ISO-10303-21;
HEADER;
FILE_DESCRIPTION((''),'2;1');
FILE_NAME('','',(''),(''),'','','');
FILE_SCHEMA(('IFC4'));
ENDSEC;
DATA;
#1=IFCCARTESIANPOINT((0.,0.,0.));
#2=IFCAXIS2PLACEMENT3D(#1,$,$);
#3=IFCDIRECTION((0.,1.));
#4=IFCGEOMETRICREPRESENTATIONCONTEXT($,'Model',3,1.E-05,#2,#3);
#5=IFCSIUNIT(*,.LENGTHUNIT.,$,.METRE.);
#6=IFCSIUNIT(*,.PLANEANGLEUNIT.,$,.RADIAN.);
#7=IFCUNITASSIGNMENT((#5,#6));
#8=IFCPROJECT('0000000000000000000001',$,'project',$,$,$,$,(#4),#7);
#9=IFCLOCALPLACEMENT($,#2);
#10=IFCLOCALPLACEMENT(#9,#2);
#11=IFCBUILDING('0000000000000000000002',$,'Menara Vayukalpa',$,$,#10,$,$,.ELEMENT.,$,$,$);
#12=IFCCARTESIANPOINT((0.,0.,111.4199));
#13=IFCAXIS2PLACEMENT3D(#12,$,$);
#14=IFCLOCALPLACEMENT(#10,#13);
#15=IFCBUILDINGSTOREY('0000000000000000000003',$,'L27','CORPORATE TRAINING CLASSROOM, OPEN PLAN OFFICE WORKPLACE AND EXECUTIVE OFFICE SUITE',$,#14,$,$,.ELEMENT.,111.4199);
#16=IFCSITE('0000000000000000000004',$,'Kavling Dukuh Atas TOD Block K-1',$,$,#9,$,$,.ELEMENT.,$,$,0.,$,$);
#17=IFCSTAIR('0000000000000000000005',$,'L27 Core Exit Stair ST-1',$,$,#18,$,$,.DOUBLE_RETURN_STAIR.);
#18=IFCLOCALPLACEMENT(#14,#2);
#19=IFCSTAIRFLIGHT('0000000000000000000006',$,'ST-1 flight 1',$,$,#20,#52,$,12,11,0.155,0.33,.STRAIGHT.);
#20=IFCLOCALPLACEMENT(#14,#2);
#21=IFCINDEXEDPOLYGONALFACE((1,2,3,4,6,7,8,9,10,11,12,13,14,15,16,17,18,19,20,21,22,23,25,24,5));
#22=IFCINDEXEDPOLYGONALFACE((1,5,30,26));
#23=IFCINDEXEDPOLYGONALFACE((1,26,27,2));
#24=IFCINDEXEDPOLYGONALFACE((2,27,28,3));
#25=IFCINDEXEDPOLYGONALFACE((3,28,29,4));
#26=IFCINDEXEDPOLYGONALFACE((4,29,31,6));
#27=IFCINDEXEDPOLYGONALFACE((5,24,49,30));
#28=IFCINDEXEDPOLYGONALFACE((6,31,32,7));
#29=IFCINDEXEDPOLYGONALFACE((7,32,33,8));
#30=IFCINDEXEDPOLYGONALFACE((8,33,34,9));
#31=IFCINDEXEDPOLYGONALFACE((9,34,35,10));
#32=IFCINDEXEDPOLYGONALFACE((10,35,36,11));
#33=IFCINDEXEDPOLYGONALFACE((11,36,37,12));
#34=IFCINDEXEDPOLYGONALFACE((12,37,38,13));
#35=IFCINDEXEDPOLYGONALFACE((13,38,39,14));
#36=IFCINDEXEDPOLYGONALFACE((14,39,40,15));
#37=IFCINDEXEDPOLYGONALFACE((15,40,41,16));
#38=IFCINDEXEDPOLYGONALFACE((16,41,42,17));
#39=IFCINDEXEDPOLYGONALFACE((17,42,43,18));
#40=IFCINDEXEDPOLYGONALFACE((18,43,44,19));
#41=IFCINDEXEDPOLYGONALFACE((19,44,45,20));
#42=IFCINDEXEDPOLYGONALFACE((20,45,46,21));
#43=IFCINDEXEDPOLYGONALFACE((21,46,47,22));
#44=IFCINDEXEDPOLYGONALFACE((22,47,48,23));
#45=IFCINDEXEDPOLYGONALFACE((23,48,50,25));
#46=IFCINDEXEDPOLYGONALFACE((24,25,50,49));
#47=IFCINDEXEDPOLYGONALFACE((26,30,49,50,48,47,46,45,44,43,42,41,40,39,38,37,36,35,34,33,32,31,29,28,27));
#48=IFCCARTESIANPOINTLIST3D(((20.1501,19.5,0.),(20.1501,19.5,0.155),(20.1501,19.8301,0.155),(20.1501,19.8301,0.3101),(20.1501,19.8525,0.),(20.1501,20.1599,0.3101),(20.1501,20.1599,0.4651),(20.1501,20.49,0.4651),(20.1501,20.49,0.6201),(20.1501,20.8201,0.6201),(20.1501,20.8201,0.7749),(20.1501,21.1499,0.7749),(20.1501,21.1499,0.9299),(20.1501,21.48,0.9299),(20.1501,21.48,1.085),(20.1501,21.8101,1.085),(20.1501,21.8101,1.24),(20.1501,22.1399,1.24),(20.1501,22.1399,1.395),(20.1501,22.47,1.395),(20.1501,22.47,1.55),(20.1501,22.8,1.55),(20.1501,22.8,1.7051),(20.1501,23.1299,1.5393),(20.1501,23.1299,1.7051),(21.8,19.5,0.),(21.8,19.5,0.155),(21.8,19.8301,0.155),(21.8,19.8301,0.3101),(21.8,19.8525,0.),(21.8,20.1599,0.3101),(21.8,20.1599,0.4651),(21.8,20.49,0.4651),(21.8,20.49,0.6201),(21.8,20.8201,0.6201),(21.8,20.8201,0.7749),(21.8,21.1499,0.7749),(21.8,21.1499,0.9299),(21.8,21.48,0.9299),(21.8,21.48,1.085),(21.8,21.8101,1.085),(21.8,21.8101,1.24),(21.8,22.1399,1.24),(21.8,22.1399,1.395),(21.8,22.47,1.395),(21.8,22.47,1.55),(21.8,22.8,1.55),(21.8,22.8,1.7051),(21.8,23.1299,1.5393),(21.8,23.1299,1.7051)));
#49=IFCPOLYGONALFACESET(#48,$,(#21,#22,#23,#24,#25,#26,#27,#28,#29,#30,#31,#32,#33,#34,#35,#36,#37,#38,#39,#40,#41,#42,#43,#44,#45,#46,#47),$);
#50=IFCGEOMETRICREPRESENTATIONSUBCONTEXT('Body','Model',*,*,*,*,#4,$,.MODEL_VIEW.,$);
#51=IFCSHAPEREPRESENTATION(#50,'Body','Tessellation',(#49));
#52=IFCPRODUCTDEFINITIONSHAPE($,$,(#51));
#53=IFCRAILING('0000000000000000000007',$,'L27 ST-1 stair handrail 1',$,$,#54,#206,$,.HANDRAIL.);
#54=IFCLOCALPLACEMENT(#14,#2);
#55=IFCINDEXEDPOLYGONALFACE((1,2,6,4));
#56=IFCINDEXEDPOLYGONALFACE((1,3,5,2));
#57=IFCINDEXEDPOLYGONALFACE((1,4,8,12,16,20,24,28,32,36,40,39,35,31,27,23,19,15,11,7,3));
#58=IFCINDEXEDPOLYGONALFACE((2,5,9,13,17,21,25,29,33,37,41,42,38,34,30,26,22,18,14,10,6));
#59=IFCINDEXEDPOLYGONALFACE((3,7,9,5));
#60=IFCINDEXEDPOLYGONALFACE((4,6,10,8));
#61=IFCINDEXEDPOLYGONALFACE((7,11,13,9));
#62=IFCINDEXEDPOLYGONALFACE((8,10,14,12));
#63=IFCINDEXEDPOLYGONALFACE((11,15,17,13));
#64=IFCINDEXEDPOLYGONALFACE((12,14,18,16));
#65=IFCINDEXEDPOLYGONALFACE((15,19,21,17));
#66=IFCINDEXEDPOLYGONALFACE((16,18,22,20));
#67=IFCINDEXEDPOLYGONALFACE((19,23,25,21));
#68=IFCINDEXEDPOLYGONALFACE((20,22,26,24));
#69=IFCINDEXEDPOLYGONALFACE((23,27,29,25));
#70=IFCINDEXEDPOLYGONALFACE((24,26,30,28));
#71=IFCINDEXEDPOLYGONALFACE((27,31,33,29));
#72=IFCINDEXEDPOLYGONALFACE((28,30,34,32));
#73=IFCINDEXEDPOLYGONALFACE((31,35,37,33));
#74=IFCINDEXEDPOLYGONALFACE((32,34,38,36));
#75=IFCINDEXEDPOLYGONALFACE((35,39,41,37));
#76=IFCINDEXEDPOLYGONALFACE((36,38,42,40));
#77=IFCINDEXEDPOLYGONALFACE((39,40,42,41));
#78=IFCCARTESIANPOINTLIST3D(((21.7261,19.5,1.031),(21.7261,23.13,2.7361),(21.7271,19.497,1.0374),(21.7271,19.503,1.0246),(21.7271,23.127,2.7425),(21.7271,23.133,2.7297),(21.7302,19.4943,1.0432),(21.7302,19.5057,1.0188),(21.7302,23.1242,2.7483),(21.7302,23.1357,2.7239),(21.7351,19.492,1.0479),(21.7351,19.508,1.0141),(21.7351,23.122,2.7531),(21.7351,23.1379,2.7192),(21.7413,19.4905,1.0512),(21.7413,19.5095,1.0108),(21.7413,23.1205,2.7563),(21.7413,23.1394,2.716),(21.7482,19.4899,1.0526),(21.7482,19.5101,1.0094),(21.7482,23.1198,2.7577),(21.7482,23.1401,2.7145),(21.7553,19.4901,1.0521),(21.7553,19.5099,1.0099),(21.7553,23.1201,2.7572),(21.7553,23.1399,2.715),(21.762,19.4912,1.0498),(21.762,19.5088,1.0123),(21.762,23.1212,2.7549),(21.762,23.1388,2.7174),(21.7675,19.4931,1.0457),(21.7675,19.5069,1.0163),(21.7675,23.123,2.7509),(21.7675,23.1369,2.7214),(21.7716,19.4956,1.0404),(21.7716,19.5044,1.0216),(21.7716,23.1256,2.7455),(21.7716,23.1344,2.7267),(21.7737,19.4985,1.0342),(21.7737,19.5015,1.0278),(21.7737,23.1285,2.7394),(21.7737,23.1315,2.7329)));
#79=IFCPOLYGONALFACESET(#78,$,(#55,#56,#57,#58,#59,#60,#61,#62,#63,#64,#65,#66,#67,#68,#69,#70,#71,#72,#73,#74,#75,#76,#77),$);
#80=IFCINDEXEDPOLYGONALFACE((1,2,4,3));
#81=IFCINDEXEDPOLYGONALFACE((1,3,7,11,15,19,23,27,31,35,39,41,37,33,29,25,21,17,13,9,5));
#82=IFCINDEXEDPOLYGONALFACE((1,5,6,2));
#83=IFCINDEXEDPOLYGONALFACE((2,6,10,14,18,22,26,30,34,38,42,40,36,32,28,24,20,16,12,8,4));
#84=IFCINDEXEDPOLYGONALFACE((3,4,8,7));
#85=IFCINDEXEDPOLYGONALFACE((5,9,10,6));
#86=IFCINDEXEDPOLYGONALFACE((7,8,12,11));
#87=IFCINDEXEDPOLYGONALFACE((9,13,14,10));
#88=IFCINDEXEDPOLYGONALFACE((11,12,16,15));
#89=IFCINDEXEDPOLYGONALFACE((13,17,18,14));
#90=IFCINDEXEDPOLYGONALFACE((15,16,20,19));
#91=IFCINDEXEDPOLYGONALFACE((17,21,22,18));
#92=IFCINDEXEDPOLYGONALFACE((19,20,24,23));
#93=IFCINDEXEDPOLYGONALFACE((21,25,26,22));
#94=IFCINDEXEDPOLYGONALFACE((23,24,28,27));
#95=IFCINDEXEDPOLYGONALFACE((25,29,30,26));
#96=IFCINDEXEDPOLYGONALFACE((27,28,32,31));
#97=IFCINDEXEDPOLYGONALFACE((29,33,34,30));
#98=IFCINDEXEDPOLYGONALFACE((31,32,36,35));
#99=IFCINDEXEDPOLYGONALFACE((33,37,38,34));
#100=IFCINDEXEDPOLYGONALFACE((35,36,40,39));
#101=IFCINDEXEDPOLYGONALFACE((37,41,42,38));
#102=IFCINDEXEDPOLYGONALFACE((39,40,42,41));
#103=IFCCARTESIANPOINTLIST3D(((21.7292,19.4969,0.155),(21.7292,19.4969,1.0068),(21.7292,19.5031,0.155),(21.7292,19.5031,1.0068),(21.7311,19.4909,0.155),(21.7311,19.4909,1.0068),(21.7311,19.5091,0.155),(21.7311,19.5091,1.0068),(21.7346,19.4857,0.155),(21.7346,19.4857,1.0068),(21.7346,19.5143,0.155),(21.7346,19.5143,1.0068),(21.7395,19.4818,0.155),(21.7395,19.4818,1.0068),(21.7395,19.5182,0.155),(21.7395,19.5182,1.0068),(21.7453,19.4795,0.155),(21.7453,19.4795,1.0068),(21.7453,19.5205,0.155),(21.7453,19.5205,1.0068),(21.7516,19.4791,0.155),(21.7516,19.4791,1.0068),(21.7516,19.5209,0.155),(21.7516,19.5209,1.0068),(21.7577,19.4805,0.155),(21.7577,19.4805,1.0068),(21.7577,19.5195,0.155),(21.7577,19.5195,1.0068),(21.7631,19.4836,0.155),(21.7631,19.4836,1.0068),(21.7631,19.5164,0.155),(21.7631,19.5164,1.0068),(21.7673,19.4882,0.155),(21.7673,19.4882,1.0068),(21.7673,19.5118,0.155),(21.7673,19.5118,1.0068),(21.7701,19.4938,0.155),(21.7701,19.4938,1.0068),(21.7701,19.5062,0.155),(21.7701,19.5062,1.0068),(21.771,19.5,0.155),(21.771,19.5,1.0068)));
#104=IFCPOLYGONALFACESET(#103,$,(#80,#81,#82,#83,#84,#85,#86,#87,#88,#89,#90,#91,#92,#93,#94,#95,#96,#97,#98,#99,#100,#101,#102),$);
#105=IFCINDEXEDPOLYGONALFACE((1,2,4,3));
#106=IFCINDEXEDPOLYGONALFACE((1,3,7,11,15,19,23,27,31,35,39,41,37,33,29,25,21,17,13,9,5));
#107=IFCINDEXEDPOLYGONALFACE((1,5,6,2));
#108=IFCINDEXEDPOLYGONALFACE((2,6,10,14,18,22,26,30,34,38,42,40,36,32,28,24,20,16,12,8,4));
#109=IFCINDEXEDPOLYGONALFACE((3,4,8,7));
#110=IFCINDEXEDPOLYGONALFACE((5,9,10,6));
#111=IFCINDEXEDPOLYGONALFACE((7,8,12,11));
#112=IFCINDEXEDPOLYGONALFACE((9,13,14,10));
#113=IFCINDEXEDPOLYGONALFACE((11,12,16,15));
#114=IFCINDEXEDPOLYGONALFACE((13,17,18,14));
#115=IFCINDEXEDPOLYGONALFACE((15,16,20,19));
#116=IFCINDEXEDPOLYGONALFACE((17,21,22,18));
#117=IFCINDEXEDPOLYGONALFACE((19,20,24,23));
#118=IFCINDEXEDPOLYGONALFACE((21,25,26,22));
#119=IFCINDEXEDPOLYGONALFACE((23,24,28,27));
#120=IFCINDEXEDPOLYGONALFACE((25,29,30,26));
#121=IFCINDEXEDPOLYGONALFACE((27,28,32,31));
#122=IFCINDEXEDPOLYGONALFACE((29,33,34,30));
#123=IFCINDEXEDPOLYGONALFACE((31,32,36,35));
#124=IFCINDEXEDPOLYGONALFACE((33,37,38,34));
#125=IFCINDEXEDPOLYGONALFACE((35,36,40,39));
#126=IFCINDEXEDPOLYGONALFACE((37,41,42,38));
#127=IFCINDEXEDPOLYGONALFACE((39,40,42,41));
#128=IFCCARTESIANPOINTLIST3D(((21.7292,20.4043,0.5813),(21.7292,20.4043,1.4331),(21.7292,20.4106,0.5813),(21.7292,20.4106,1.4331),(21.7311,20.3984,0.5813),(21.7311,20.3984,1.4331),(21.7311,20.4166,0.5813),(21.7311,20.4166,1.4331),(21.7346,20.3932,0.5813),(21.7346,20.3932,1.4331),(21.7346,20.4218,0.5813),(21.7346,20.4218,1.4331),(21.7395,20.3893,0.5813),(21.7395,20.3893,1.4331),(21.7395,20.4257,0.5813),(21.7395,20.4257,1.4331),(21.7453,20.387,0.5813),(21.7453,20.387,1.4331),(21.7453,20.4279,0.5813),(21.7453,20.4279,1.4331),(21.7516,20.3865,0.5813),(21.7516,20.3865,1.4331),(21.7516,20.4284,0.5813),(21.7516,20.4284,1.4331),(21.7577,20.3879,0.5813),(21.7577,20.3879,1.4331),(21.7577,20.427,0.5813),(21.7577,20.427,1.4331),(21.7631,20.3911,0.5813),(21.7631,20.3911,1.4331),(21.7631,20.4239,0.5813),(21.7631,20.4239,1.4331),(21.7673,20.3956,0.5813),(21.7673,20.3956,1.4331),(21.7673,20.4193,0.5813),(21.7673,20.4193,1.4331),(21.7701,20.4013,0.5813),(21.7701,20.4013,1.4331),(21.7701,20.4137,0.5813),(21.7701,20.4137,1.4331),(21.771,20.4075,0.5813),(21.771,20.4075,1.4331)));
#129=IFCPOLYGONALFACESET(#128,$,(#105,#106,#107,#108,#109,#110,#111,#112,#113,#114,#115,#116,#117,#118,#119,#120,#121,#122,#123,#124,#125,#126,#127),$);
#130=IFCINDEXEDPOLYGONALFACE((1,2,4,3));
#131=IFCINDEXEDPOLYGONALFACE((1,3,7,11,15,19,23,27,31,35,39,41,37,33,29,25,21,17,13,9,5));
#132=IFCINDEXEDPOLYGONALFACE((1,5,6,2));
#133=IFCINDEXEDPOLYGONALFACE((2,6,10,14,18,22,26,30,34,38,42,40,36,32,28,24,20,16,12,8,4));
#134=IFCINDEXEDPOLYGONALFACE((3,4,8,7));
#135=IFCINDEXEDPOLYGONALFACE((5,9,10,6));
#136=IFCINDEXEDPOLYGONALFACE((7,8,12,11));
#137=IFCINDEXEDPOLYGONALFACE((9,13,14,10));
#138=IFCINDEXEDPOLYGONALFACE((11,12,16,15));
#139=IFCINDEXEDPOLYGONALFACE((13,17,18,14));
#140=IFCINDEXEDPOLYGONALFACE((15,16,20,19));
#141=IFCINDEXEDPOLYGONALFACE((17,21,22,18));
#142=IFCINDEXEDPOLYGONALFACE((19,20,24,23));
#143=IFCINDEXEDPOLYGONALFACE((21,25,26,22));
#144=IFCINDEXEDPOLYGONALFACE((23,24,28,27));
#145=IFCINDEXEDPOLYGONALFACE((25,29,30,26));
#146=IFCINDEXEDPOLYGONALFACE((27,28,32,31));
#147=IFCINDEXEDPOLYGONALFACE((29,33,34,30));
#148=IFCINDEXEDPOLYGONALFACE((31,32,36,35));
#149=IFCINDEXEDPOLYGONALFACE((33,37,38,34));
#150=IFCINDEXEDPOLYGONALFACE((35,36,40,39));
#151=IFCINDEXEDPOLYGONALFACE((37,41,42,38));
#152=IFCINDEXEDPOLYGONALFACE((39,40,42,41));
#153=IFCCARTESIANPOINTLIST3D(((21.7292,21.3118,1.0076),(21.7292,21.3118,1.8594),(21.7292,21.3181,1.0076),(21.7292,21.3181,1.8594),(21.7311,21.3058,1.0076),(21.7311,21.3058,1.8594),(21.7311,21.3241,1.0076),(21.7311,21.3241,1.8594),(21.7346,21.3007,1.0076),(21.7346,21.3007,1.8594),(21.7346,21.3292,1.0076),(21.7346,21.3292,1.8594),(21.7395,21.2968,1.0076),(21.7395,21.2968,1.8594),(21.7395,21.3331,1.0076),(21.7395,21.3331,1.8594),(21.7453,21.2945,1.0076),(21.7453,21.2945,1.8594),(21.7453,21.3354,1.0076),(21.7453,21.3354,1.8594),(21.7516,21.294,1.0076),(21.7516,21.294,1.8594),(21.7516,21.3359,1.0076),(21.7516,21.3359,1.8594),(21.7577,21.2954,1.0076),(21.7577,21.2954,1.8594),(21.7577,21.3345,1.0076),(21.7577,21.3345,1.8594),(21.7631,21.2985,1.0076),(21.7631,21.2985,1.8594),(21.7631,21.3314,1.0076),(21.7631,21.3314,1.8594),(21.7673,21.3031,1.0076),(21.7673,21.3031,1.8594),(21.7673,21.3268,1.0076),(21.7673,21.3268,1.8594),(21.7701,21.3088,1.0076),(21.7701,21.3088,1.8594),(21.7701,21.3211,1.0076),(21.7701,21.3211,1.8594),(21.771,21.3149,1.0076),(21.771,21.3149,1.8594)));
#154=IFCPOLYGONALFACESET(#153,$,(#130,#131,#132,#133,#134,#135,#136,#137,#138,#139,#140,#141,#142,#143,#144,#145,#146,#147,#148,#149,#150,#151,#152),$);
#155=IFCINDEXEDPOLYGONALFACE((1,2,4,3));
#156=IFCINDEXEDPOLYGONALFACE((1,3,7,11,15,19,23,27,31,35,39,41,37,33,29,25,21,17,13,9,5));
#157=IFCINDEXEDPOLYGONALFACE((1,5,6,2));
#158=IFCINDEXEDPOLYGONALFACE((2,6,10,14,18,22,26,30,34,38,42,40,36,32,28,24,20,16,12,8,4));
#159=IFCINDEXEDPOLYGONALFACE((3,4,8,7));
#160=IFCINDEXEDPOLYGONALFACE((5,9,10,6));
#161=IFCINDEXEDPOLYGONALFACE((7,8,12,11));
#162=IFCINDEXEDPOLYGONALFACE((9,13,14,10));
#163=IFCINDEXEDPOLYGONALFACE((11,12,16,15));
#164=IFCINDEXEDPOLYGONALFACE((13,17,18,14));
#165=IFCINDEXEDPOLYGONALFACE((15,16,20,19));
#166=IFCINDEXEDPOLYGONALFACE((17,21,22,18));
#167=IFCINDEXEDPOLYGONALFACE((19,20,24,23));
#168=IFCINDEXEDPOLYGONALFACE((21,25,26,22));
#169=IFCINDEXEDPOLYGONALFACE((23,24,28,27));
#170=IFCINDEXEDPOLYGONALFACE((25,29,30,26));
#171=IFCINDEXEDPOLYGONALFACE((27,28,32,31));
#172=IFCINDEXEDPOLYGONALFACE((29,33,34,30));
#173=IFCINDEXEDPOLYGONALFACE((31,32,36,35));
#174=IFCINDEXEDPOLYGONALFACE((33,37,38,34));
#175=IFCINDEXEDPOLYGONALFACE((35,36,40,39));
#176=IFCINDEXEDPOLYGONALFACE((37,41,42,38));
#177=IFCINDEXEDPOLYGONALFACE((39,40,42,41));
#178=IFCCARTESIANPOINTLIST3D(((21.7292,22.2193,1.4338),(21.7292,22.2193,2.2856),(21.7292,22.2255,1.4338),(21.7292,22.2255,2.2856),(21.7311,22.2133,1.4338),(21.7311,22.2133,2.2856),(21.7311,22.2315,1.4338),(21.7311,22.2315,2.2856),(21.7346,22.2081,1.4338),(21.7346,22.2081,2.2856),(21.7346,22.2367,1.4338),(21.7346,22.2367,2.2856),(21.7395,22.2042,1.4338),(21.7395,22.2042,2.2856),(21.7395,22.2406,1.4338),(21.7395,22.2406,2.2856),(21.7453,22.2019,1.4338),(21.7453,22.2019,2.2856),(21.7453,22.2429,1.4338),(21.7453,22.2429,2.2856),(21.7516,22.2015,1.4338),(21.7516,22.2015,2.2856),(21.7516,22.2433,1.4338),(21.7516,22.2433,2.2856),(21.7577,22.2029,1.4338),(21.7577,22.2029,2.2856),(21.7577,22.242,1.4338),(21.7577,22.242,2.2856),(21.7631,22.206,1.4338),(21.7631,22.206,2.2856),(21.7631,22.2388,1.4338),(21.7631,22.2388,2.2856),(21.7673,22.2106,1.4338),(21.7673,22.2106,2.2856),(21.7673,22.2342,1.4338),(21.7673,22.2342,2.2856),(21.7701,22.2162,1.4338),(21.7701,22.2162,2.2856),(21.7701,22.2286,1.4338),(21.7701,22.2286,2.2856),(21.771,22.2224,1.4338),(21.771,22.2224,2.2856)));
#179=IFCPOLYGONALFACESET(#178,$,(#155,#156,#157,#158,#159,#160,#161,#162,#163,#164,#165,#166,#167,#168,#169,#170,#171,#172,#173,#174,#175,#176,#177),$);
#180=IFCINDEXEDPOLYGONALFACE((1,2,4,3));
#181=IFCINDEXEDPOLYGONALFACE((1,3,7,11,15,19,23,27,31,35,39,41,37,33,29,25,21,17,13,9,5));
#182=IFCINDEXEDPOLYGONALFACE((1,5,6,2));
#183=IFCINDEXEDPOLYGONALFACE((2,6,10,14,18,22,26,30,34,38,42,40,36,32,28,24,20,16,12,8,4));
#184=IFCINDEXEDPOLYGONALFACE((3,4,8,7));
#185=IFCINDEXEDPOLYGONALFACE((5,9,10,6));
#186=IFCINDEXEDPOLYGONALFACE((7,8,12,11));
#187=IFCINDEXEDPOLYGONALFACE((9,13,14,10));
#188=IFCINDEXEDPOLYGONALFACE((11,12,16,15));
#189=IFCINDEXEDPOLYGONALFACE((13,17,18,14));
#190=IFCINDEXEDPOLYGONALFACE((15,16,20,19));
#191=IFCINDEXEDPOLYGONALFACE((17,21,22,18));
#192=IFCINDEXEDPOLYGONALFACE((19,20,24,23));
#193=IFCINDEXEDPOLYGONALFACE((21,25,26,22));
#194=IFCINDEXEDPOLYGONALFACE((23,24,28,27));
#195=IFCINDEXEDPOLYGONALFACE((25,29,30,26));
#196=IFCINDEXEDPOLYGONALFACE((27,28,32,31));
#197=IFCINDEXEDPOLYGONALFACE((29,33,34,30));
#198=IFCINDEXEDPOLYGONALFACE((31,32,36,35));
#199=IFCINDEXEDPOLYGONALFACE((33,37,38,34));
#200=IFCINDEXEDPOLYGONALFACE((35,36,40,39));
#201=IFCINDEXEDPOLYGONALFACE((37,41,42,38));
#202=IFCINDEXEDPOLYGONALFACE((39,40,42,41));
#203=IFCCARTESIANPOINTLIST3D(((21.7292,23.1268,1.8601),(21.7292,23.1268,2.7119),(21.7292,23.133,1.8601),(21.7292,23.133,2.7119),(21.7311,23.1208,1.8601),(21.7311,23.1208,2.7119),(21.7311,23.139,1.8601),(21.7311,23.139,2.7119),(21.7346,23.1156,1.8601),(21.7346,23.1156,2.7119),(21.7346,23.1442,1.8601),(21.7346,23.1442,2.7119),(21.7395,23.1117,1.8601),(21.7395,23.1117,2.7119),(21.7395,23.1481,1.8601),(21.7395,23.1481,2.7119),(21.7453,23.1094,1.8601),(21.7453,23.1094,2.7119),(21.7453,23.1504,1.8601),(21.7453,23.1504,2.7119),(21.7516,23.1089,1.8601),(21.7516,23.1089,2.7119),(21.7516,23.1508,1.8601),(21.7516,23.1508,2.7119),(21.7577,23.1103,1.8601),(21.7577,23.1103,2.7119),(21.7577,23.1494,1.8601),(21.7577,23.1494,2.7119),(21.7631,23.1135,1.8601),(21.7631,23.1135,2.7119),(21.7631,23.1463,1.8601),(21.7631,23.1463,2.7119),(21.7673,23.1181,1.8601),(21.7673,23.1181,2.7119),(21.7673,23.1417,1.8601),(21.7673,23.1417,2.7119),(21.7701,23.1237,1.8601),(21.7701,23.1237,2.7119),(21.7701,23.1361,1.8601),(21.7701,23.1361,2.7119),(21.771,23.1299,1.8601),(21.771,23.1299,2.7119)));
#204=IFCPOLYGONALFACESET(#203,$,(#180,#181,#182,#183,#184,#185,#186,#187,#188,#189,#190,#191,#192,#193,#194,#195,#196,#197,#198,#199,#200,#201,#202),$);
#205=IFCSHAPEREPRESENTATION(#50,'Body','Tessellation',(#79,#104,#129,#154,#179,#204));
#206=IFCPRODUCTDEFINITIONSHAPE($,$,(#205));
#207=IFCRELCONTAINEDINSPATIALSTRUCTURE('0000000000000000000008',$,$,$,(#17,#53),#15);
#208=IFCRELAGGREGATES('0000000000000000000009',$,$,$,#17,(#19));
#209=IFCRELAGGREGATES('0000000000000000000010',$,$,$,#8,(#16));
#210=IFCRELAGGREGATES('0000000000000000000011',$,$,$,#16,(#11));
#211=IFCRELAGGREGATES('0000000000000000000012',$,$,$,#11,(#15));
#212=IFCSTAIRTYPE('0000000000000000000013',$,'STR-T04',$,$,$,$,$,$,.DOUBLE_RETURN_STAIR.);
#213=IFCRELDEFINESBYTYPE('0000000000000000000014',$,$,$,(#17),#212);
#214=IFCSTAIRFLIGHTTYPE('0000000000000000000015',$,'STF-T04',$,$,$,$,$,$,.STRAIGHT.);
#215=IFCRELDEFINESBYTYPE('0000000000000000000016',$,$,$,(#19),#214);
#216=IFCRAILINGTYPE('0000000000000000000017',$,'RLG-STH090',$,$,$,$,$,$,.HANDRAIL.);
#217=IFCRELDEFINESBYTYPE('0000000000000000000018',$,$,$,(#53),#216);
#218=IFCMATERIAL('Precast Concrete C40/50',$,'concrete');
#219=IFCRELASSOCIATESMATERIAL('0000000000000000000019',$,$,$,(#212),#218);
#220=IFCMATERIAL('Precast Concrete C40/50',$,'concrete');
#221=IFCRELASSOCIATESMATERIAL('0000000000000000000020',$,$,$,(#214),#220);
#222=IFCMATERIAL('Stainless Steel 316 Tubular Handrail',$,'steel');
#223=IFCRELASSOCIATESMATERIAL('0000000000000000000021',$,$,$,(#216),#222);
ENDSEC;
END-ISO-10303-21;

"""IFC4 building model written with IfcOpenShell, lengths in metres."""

from ifc_helpers import new_model, si_unit, direction, frame, origin, origin_2d, place, context, subcontext, project, spatial, polyline, circle, outline, extrude, material, type_object, element, aggregate, save


model = new_model("IFC4")

# Units and contexts
model_context = context("Model", 3, precision=1e-05, world=origin(), true_north=direction((0.0, 1.0)))
body_context = subcontext(model_context, "Body", "Model", "MODEL_VIEW")
ifc_project = project(units=[si_unit("LENGTHUNIT", "METRE"), si_unit("PLANEANGLEUNIT", "RADIAN")], contexts=[model_context])

# Site, building, storey
site_placement = place(None, origin())
site = spatial("IfcSite", under=ifc_project, at=site_placement, Name="Kavling Dukuh Atas TOD Block K-1", CompositionType="ELEMENT", RefElevation=0.0)
building_placement = place(site_placement, origin())
building = spatial("IfcBuilding", under=site, at=building_placement, Name="Menara Vayukalpa", CompositionType="ELEMENT")
storey_placement = place(building_placement, frame((0.0, 0.0, 111.4199)))
storey = spatial("IfcBuildingStorey", under=building, at=storey_placement, Name="L27", Description="CORPORATE TRAINING CLASSROOM, OPEN PLAN OFFICE WORKPLACE AND EXECUTIVE OFFICE SUITE", CompositionType="ELEMENT", Elevation=111.4199)

# Stair, stair flight
ifc_material_1 = material(Name="Precast Concrete C40/50", Category="concrete")
stair_type = type_object("IfcStairType", Name="STR-T04", PredefinedType="DOUBLE_RETURN_STAIR", material=ifc_material_1)
stair_placement = place(storey_placement, origin())
stair = element("IfcStair", 1, at=stair_placement, inside=storey, type_object=stair_type, Name="L27 Core Exit Stair ST-1", PredefinedType="DOUBLE_RETURN_STAIR")
ifc_material_2 = material(Name="Precast Concrete C40/50", Category="concrete")
stair_flight_type = type_object("IfcStairFlightType", Name="STF-T04", PredefinedType="STRAIGHT", material=ifc_material_2)
stair_flight_placement = place(storey_placement, frame((20.9751, 19.5, 0.0), z_axis=(0.0, 0.0, 1.0), x_axis=(0.0, 1.0, 0.0)))
stair_flight = element("IfcStairFlight", 2, at=stair_flight_placement, type_object=stair_flight_type, Name="ST-1 flight 1", NumberOfRisers=12, NumberOfTreads=11, PredefinedType="STRAIGHT", RiserHeight=0.155, TreadLength=0.33, context=body_context, shape_type="SweptSolid", body=[
    extrude(outline(polyline([(0.0, 0.0), (0.0, 0.155), (0.3301, 0.155), (0.3301, 0.3101), (0.6599, 0.3101), (0.6599, 0.4651), (0.99, 0.4651), (0.99, 0.6201), (1.3201, 0.6201), (1.3201, 0.7749), (1.6499, 0.7749), (1.6499, 0.9299), (1.98, 0.9299), (1.98, 1.085), (2.3101, 1.085), (2.3101, 1.24), (2.6399, 1.24), (2.6399, 1.395), (2.97, 1.395), (2.97, 1.55), (3.3, 1.55), (3.3, 1.7051), (3.6299, 1.7051), (3.6299, 1.8601), (3.6299, 1.5393), (0.3525, 0.0), (0.0, 0.0)])), frame((0.0, 0.825, 0.0), z_axis=(0.0, -1.0, 0.0), x_axis=(1.0, 0.0, 0.0)), (0.0, 0.0, 1.0), 1.6499),
])
aggregate(stair, [stair_flight])

# Railing
ifc_material_3 = material(Name="Stainless Steel 316 Tubular Handrail", Category="steel")
railing_type = type_object("IfcRailingType", Name="RLG-STH090", PredefinedType="HANDRAIL", material=ifc_material_3)
railing_placement = place(storey_placement, frame((21.75, 19.5, 0.155)))
element("IfcRailing", 3, at=railing_placement, inside=storey, type_object=railing_type, Name="L27 ST-1 stair handrail 1", PredefinedType="HANDRAIL", context=body_context, shape_type="SweptSolid", body=[
    extrude(circle(Radius=0.0239, at=origin_2d()), frame((0.0, 0.0, 0.876), z_axis=(0.0, 0.905116, 0.425164), x_axis=(-1.0, 0.0, 0.0)), (0.0, 0.0, 1.0), 4.0105),
    extrude(circle(Radius=0.021, at=origin_2d()), origin(), (0.0, 0.0, 1.0), 0.8518),
    extrude(circle(Radius=0.021, at=origin_2d()), frame((0.0, 0.9075, 0.4263)), (0.0, 0.0, 1.0), 0.8518),
    extrude(circle(Radius=0.021, at=origin_2d()), frame((0.0, 1.8149, 0.8525)), (0.0, 0.0, 1.0), 0.8518),
    extrude(circle(Radius=0.021, at=origin_2d()), frame((0.0, 2.7224, 1.2788)), (0.0, 0.0, 1.0), 0.8518),
    extrude(circle(Radius=0.021, at=origin_2d()), frame((0.0, 3.6299, 1.7051)), (0.0, 0.0, 1.0), 0.8518),
])

save(model, "model.ifc")
